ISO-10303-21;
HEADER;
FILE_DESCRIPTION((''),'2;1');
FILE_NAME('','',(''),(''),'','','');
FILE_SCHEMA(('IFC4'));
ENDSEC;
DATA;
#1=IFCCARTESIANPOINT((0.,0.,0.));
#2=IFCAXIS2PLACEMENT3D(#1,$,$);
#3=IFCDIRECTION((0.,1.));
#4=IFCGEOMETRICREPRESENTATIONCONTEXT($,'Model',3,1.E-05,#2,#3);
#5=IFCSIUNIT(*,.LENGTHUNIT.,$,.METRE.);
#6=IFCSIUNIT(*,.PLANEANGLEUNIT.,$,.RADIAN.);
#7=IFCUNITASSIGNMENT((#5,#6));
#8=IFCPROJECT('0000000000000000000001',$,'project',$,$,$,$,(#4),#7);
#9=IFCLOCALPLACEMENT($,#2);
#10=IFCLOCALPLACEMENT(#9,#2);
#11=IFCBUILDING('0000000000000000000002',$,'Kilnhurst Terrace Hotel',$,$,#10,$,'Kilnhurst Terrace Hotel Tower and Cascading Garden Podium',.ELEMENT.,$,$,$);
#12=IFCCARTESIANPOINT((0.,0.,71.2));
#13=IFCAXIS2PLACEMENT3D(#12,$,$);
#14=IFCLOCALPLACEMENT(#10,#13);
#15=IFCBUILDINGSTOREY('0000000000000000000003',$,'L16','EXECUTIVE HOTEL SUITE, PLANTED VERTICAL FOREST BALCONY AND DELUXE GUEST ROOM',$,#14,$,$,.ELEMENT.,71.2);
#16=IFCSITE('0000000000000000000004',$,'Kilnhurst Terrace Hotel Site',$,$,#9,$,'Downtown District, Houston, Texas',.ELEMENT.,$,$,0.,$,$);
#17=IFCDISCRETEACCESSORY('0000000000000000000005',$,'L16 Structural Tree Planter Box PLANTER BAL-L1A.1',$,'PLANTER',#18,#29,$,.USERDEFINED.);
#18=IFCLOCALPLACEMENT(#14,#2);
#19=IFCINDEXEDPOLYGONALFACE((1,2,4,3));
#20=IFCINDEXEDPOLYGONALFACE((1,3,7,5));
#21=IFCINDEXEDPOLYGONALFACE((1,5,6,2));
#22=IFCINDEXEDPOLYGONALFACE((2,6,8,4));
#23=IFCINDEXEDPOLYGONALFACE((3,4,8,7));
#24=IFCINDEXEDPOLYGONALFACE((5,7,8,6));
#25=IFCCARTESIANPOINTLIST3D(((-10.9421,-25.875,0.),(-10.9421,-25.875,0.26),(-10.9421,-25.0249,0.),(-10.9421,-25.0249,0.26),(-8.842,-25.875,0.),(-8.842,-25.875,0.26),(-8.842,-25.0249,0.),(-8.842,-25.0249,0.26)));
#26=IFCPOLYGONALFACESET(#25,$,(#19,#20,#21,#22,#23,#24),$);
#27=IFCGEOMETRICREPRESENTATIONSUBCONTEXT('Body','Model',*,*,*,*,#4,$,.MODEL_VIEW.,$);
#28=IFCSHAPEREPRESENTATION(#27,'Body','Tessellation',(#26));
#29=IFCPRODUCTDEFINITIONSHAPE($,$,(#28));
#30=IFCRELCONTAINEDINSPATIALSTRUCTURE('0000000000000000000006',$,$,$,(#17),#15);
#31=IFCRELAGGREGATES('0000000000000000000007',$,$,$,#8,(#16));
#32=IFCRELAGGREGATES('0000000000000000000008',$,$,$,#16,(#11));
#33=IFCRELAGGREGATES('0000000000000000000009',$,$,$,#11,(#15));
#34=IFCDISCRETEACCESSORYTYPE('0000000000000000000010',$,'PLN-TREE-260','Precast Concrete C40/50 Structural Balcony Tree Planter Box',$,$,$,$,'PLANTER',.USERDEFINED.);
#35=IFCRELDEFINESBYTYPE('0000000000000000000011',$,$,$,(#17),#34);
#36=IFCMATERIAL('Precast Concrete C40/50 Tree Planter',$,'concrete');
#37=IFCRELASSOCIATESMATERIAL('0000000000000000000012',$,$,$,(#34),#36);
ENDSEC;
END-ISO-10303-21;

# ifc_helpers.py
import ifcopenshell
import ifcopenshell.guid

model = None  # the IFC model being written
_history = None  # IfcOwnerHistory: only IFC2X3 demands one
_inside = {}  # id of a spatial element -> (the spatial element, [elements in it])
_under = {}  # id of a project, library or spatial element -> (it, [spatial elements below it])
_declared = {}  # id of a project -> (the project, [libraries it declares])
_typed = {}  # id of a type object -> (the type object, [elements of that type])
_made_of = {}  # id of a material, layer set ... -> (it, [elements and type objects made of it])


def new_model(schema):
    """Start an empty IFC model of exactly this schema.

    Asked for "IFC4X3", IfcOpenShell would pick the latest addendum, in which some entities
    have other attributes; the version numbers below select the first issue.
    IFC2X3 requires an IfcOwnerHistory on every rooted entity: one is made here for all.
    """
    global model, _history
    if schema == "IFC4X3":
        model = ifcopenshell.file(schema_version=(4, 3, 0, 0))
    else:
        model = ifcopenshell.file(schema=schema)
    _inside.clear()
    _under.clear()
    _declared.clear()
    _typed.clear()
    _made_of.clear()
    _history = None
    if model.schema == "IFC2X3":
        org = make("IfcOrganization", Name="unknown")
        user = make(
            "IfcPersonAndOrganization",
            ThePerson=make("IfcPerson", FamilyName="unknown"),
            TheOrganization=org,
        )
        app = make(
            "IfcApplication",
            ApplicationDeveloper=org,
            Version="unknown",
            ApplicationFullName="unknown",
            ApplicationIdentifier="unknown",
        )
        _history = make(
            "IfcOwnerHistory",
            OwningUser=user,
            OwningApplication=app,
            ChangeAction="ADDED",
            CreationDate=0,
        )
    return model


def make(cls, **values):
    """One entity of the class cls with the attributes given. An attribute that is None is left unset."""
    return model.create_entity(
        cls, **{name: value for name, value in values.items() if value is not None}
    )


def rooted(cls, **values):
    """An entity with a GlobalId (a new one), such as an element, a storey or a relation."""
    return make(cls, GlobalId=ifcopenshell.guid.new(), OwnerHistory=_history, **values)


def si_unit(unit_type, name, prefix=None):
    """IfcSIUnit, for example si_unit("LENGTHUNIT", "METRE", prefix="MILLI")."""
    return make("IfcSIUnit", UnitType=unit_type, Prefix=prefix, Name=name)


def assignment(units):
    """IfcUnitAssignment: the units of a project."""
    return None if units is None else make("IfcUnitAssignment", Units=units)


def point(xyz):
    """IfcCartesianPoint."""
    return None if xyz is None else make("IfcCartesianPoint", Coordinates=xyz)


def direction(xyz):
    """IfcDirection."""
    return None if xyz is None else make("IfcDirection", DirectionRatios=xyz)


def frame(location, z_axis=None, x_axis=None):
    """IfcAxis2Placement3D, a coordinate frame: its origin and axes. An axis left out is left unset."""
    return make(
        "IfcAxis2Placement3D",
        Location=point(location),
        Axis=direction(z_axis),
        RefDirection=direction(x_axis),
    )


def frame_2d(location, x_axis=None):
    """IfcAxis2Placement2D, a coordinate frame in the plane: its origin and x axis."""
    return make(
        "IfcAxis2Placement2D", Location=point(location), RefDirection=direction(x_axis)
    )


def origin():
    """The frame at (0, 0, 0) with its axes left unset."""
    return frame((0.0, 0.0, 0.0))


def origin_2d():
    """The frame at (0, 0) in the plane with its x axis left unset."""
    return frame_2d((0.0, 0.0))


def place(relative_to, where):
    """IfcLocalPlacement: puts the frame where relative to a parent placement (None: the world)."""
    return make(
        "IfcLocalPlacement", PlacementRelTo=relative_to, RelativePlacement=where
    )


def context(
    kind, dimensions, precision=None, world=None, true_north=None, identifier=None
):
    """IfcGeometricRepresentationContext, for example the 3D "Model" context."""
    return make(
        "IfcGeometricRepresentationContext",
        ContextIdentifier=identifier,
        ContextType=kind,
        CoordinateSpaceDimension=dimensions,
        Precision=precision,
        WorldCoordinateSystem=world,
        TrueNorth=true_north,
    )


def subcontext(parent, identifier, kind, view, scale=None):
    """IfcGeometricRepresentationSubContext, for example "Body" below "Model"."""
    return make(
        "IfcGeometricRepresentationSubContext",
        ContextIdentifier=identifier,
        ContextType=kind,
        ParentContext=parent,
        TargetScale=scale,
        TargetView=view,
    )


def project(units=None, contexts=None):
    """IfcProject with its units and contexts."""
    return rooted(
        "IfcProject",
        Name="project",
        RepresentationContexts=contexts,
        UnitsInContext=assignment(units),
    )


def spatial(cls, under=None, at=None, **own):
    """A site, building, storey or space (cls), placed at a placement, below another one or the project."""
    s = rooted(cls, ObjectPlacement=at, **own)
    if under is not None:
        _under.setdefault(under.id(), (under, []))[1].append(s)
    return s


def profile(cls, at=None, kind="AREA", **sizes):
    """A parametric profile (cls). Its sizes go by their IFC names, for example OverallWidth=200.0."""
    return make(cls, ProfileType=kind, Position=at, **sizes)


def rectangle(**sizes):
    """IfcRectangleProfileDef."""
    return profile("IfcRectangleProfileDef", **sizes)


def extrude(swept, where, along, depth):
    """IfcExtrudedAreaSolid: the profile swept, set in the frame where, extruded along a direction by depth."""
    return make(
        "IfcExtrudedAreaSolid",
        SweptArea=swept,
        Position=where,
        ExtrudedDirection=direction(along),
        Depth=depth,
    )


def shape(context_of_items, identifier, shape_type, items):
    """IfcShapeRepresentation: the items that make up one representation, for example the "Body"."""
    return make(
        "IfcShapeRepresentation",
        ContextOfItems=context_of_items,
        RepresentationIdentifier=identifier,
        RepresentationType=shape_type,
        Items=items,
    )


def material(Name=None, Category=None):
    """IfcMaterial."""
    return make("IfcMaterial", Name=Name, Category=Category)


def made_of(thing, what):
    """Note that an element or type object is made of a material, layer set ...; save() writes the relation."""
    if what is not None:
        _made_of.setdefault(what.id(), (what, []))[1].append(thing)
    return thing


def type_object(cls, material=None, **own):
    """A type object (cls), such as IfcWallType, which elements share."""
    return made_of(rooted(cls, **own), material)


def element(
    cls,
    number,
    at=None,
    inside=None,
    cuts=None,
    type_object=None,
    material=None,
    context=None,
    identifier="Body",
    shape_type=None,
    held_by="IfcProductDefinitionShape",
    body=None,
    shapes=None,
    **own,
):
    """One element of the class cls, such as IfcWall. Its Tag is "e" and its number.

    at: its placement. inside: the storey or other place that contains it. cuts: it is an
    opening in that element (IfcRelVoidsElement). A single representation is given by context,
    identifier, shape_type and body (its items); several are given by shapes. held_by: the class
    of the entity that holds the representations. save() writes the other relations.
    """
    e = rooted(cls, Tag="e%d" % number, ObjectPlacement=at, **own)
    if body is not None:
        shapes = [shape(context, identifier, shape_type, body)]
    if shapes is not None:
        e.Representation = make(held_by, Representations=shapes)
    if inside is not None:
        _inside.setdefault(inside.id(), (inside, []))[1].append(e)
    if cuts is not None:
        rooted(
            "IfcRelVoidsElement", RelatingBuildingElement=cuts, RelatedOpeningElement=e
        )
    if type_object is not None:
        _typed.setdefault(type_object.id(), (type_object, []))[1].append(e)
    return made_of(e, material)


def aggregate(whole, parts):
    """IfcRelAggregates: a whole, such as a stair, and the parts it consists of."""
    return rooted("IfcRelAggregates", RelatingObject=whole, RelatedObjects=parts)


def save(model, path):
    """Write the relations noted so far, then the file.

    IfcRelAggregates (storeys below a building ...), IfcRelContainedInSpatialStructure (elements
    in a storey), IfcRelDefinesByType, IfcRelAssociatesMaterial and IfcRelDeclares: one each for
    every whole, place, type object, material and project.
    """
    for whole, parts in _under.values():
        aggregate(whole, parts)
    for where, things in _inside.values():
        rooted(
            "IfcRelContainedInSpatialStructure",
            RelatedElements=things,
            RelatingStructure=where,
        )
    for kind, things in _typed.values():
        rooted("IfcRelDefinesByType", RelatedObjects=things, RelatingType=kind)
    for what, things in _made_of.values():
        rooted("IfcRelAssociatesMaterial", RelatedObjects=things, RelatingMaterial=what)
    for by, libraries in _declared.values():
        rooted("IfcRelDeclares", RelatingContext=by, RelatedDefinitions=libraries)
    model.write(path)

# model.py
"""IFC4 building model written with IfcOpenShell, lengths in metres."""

from ifc_helpers import new_model, si_unit, direction, frame, origin, origin_2d, place, context, subcontext, project, spatial, rectangle, extrude, material, type_object, element, save


model = new_model("IFC4")

# Units and contexts
model_context = context("Model", 3, precision=1e-05, world=origin(), true_north=direction((0.0, 1.0)))
body_context = subcontext(model_context, "Body", "Model", "MODEL_VIEW")
ifc_project = project(units=[si_unit("LENGTHUNIT", "METRE"), si_unit("PLANEANGLEUNIT", "RADIAN")], contexts=[model_context])

# Site, building, storey
site_placement = place(None, origin())
site = spatial("IfcSite", under=ifc_project, at=site_placement, Name="Kilnhurst Terrace Hotel Site", LongName="Downtown District, Houston, Texas", CompositionType="ELEMENT", RefElevation=0.0)
building_placement = place(site_placement, origin())
building = spatial("IfcBuilding", under=site, at=building_placement, Name="Kilnhurst Terrace Hotel", LongName="Kilnhurst Terrace Hotel Tower and Cascading Garden Podium", CompositionType="ELEMENT")
storey_placement = place(building_placement, frame((0.0, 0.0, 71.2)))
storey = spatial("IfcBuildingStorey", under=building, at=storey_placement, Name="L16", Description="EXECUTIVE HOTEL SUITE, PLANTED VERTICAL FOREST BALCONY AND DELUXE GUEST ROOM", CompositionType="ELEMENT", Elevation=71.2)

# Discrete accessory
ifc_material_1 = material(Name="Precast Concrete C40/50 Tree Planter", Category="concrete")
discrete_accessory_type = type_object("IfcDiscreteAccessoryType", Name="PLN-TREE-260", Description="Precast Concrete C40/50 Structural Balcony Tree Planter Box", ElementType="PLANTER", PredefinedType="USERDEFINED", material=ifc_material_1)
discrete_accessory_placement = place(storey_placement, frame((-9.8921, -25.45, 0.0), z_axis=(0.0, 0.0, 1.0), x_axis=(1.0, 0.0, 0.0)))
element("IfcDiscreteAccessory", 1, at=discrete_accessory_placement, inside=storey, type_object=discrete_accessory_type, Name="L16 Structural Tree Planter Box PLANTER BAL-L1A.1", ObjectType="PLANTER", PredefinedType="USERDEFINED", context=body_context, shape_type="SweptSolid", body=[
    extrude(rectangle(XDim=2.1001, YDim=0.8501, at=origin_2d()), origin(), (0.0, 0.0, 1.0), 0.26),
])

save(model, "model.ifc")
